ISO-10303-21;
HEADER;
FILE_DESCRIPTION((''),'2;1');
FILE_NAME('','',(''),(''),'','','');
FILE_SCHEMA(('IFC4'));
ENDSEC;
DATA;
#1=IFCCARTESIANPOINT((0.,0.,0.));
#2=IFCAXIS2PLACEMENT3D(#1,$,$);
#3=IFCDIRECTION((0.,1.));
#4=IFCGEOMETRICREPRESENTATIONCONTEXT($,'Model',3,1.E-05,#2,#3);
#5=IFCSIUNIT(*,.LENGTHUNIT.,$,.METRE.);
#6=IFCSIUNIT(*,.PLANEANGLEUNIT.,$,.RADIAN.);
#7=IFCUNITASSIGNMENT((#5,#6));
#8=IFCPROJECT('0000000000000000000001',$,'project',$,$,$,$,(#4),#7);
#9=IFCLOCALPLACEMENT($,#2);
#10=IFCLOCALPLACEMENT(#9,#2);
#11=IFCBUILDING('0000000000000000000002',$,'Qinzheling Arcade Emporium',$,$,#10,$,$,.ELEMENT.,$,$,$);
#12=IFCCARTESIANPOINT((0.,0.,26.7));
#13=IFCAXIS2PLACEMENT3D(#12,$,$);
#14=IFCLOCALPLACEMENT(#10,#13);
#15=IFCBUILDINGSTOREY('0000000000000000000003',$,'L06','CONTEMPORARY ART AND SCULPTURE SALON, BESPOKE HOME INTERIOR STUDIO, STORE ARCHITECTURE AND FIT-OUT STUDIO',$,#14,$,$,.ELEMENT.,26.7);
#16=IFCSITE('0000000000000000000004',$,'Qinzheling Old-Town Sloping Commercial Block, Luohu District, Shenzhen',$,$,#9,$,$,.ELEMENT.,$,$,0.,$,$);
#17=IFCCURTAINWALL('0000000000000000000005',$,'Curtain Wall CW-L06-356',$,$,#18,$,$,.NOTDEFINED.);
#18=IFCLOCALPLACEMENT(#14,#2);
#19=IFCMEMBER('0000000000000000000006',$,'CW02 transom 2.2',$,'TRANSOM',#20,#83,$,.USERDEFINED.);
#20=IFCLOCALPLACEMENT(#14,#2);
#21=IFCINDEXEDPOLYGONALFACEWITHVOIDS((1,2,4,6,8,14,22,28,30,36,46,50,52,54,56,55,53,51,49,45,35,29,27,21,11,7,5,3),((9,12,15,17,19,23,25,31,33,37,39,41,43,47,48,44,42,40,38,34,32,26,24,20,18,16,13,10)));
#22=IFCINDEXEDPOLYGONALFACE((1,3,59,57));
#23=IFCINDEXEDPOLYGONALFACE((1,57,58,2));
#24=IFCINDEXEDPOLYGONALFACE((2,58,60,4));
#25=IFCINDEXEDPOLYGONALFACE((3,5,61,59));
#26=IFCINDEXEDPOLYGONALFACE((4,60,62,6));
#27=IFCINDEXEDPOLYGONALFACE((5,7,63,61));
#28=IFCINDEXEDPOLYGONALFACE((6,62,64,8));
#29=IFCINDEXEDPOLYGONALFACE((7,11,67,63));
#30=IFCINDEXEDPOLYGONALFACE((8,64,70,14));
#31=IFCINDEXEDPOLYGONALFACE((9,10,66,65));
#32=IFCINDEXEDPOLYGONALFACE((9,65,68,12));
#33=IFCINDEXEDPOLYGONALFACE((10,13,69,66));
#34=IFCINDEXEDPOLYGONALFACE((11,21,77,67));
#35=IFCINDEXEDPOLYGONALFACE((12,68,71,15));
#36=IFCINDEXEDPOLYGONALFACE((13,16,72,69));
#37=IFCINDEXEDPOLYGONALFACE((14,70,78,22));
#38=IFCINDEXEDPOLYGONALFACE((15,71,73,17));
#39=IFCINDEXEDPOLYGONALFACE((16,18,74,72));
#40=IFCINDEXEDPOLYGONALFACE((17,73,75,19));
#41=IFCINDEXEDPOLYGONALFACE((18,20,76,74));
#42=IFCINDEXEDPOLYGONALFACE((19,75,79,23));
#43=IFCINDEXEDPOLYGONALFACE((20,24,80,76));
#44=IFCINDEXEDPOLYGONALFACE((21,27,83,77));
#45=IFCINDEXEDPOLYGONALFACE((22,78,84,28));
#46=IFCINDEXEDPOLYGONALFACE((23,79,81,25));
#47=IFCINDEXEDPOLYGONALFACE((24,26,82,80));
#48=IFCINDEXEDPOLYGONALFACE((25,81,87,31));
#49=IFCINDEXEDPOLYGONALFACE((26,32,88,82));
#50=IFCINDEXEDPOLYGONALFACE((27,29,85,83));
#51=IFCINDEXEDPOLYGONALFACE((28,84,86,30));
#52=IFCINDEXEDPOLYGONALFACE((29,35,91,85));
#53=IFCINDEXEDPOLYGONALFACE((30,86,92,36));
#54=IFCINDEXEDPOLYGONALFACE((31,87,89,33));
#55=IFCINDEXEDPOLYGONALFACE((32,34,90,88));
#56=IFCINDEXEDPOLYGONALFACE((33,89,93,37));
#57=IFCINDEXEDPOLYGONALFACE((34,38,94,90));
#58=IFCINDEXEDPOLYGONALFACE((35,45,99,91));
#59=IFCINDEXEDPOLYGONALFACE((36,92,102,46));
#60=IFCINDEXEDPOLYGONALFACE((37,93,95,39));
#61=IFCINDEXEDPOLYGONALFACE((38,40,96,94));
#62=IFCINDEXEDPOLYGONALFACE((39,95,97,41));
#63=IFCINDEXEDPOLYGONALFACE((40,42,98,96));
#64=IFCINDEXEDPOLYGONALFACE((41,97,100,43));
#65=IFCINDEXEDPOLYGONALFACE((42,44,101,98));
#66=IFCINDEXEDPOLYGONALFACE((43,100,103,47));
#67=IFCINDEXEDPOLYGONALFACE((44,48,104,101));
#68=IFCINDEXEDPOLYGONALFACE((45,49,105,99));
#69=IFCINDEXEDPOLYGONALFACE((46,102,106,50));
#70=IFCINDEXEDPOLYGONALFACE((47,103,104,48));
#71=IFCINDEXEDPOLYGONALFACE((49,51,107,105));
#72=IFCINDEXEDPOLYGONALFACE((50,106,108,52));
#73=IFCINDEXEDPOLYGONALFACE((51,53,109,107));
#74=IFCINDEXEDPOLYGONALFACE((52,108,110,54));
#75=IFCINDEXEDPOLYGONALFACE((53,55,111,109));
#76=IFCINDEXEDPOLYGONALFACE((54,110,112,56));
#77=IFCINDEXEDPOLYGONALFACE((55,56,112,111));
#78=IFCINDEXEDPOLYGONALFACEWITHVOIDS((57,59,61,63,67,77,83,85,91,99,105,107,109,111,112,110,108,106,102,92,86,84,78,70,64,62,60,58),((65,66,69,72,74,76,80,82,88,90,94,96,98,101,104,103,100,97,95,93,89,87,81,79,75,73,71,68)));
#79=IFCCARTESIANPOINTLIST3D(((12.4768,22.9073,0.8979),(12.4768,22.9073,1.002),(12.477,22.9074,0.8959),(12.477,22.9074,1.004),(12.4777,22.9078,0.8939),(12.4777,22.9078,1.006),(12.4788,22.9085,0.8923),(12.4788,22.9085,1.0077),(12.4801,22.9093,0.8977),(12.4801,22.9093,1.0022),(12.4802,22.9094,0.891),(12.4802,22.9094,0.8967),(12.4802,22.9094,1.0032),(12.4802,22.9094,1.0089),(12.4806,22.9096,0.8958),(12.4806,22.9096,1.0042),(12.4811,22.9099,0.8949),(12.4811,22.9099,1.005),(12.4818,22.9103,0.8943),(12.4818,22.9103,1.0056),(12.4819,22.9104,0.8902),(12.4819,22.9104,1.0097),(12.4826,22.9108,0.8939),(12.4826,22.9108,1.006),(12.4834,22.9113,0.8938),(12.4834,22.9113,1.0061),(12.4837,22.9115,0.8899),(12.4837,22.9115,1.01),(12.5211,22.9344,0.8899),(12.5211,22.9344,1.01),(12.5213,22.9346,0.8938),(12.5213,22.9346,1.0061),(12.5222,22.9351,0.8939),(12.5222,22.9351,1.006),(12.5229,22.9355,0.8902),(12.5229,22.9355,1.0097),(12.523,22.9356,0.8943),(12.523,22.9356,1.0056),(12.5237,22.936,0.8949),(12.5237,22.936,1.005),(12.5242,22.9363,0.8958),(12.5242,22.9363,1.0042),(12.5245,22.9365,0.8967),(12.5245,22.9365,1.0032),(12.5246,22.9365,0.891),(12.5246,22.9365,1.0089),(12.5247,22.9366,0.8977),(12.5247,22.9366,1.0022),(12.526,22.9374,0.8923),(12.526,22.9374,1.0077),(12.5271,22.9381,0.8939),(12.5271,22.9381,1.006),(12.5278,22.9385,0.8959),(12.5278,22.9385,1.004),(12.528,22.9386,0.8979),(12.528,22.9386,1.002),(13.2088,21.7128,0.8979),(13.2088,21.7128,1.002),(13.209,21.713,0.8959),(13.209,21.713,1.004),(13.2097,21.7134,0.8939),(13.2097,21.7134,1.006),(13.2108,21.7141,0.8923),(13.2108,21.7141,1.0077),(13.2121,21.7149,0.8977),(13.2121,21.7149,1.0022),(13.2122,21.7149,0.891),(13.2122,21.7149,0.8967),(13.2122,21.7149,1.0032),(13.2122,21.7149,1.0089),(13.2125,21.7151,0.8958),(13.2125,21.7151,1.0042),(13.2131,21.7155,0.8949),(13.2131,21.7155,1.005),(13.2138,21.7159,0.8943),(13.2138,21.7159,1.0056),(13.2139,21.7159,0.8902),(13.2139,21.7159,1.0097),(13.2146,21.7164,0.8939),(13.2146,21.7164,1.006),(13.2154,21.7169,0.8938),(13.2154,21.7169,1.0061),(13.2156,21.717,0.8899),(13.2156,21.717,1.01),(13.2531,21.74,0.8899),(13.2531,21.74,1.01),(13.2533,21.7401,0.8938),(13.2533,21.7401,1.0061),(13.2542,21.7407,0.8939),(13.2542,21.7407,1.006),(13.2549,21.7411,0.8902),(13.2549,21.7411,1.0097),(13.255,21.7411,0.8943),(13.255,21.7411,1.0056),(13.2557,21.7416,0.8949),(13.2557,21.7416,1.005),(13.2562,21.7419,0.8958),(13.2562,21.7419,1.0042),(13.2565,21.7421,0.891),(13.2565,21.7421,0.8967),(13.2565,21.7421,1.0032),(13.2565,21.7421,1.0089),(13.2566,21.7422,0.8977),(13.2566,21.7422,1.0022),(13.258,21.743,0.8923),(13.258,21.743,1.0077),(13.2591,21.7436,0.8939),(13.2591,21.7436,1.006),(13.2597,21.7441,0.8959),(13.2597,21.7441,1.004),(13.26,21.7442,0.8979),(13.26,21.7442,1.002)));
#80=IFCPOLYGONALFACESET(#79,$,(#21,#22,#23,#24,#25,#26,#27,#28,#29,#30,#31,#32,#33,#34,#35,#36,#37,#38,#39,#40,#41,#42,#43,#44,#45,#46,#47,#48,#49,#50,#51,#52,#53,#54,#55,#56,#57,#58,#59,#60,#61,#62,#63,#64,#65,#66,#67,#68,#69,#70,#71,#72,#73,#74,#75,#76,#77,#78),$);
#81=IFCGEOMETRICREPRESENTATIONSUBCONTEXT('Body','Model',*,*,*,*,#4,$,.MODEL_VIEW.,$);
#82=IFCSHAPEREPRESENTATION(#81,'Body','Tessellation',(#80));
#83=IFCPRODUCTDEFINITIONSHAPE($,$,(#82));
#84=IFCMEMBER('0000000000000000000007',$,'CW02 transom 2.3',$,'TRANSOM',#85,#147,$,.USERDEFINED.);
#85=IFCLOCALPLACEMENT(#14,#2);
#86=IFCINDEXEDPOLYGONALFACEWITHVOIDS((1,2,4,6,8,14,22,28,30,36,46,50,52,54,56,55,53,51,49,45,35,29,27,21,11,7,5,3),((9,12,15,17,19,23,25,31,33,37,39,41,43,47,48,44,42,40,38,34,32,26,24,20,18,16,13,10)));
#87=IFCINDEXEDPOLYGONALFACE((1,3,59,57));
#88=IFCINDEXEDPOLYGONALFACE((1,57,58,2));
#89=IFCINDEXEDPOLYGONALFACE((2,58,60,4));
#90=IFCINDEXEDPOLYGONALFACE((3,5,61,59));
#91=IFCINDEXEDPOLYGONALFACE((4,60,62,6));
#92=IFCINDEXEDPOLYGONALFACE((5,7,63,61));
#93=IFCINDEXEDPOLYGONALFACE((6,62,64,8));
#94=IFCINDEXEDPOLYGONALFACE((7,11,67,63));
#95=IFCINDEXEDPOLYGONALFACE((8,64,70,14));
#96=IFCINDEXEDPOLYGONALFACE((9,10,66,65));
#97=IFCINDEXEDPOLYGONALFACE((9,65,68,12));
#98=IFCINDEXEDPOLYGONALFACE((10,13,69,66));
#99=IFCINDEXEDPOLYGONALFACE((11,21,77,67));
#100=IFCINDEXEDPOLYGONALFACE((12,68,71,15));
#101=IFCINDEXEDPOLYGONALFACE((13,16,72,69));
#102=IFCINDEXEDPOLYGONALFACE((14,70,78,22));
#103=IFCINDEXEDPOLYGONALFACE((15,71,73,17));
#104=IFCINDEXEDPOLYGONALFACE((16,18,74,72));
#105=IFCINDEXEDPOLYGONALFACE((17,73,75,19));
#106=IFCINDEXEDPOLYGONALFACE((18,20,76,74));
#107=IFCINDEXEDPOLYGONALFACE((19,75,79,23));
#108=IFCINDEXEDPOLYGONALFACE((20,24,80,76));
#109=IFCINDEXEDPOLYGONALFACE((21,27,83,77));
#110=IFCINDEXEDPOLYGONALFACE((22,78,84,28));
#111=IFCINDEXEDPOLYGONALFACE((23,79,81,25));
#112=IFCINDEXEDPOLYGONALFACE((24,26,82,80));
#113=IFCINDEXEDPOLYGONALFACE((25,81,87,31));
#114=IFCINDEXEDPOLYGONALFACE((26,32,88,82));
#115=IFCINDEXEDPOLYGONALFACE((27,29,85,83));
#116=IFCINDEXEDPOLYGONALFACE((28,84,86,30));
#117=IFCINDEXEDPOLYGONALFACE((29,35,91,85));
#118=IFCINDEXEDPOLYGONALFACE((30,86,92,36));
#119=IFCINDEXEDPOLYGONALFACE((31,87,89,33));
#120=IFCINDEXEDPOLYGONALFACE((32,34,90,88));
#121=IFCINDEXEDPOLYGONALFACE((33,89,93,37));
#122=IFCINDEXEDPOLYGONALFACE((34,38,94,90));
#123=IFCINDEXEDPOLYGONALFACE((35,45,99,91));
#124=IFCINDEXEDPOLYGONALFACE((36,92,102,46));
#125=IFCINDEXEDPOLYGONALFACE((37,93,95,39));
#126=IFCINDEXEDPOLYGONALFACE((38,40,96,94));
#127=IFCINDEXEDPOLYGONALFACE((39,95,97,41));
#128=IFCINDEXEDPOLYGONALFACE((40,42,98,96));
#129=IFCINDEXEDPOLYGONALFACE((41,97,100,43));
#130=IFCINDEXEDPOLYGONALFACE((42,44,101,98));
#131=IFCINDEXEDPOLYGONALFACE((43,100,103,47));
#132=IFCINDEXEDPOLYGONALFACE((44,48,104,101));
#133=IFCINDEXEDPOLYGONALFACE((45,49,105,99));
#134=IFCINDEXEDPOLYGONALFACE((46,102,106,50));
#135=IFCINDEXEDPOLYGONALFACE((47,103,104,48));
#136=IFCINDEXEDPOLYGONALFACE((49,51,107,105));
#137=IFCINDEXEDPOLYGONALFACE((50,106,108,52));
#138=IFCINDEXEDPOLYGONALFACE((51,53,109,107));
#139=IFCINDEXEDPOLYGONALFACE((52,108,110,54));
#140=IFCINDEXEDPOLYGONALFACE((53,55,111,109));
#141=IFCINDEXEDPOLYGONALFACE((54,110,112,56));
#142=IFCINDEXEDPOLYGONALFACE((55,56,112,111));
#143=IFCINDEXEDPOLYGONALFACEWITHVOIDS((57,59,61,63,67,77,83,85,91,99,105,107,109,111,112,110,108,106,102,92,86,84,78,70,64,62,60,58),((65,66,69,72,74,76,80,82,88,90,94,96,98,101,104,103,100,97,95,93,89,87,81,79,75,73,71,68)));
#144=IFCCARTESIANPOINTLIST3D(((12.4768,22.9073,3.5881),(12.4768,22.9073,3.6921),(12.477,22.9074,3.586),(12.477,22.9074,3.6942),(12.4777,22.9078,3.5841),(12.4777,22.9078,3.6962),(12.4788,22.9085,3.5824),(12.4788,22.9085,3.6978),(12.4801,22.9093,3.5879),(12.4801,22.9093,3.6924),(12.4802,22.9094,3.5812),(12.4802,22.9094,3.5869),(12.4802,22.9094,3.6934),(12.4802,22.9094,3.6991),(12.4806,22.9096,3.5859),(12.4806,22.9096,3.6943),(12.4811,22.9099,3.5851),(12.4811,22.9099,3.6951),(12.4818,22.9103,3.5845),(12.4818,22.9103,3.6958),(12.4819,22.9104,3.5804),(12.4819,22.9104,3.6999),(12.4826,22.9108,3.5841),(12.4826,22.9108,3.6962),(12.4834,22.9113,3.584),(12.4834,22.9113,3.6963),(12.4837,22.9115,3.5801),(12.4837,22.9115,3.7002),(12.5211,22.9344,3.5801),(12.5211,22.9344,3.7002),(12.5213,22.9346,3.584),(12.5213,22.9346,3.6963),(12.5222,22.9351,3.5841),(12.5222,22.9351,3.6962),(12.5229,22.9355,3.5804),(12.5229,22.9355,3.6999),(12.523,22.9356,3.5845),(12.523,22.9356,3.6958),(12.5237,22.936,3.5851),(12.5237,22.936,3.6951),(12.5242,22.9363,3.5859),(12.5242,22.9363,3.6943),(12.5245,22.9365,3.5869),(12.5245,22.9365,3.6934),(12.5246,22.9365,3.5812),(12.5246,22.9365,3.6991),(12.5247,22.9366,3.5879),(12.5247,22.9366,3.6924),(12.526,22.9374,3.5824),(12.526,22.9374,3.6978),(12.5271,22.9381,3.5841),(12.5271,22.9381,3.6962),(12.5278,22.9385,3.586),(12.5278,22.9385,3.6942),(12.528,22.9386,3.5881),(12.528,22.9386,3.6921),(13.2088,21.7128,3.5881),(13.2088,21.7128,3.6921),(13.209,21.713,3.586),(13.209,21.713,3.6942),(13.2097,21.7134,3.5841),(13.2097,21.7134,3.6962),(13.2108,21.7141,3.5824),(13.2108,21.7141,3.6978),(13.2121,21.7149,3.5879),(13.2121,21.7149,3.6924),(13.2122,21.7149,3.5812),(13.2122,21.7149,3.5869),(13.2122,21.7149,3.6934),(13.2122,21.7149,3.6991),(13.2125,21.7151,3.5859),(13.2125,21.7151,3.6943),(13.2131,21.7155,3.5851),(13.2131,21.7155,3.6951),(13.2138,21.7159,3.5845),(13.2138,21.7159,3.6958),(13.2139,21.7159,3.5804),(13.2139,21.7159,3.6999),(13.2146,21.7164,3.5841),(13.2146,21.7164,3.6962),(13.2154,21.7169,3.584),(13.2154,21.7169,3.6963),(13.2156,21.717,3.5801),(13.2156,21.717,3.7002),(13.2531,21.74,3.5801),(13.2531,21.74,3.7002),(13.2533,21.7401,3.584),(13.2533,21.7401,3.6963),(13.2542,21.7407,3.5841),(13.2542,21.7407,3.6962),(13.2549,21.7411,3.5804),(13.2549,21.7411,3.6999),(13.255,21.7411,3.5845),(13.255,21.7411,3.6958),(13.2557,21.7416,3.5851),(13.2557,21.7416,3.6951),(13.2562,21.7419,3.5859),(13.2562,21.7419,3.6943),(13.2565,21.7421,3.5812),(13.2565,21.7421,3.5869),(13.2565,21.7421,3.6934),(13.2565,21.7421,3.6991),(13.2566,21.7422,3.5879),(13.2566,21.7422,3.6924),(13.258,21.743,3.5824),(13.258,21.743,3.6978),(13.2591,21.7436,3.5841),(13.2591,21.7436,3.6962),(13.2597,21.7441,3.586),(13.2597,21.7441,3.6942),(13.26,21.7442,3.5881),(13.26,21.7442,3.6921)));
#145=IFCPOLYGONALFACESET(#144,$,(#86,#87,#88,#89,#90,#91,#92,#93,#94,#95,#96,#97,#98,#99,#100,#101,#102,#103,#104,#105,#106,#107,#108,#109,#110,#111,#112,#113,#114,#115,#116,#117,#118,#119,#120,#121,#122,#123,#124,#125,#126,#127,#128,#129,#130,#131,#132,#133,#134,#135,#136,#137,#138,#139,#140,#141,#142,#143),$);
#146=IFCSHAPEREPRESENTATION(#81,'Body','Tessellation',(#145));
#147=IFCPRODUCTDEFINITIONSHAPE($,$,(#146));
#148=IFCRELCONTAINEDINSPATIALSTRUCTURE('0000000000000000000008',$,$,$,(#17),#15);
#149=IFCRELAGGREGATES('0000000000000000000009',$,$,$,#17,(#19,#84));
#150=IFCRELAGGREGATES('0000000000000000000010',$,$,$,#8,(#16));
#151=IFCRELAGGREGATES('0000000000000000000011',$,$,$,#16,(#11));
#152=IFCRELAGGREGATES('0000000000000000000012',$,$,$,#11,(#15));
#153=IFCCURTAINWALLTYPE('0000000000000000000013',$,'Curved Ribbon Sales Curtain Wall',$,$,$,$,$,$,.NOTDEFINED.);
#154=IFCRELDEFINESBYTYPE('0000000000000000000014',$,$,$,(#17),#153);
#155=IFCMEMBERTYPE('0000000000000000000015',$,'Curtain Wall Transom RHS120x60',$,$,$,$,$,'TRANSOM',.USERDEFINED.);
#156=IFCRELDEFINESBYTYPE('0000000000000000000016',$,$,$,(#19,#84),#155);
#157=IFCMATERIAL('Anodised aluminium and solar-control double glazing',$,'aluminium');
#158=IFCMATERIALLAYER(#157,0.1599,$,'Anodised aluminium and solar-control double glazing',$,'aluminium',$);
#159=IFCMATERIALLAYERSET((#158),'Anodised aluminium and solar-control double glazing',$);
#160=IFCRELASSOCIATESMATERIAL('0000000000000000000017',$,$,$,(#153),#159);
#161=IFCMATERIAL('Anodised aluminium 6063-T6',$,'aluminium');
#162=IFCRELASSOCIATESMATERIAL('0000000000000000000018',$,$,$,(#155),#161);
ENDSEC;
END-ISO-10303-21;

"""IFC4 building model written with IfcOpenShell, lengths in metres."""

from ifc_helpers import new_model, si_unit, direction, frame, origin, origin_2d, place, context, subcontext, project, spatial, hollow_rectangle, extrude, material, layer, layer_set, material_profile, profile_set, type_object, element, aggregate, save


model = new_model("IFC4")

# Units and contexts
model_context = context("Model", 3, precision=1e-05, world=origin(), true_north=direction((0.0, 1.0)))
body_context = subcontext(model_context, "Body", "Model", "MODEL_VIEW")
ifc_project = project(units=[si_unit("LENGTHUNIT", "METRE"), si_unit("PLANEANGLEUNIT", "RADIAN")], contexts=[model_context])

# Site, building, storey
site_placement = place(None, origin())
site = spatial("IfcSite", under=ifc_project, at=site_placement, Name="Qinzheling Old-Town Sloping Commercial Block, Luohu District, Shenzhen", CompositionType="ELEMENT", RefElevation=0.0)
building_placement = place(site_placement, origin())
building = spatial("IfcBuilding", under=site, at=building_placement, Name="Qinzheling Arcade Emporium", CompositionType="ELEMENT")
storey_placement = place(building_placement, frame((0.0, 0.0, 26.7)))
storey = spatial("IfcBuildingStorey", under=building, at=storey_placement, Name="L06", Description="CONTEMPORARY ART AND SCULPTURE SALON, BESPOKE HOME INTERIOR STUDIO, STORE ARCHITECTURE AND FIT-OUT STUDIO", CompositionType="ELEMENT", Elevation=26.7)

# Curtain wall
ifc_material_1 = material(Name="Anodised aluminium and solar-control double glazing", Category="aluminium")
ifc_layer_1 = layer(ifc_material_1, 0.1599, Name="Anodised aluminium and solar-control double glazing", Category="aluminium")
ifc_layer_set_1 = layer_set([ifc_layer_1], Name="Anodised aluminium and solar-control double glazing")
curtain_wall_type = type_object("IfcCurtainWallType", Name="Curved Ribbon Sales Curtain Wall", PredefinedType="NOTDEFINED", material=ifc_layer_set_1)
curtain_wall_1_placement = place(storey_placement, origin())
curtain_wall_1 = element("IfcCurtainWall", 1, at=curtain_wall_1_placement, inside=storey, type_object=curtain_wall_type, Name="Curtain Wall CW-L06-356", PredefinedType="NOTDEFINED")
ifc_material_2 = material(Name="Anodised aluminium 6063-T6", Category="aluminium")

# Members
ifc_material_profile_1 = material_profile(ifc_material_2, hollow_rectangle(XDim=0.0601, YDim=0.1201, WallThickness=0.0039, InnerFilletRadius=0.0039, OuterFilletRadius=0.0081, at=origin_2d()), Name="RHS 120x60x4", Category="aluminium")
ifc_profile_set_1 = profile_set([ifc_material_profile_1], Name="Anodised aluminium 6063-T6")
member_type_1 = type_object("IfcMemberType", Name="Curtain Wall Transom RHS120x60", ElementType="TRANSOM", PredefinedType="USERDEFINED", material=ifc_profile_set_1)
member_1_placement = place(storey_placement, frame((13.2344, 21.7285, 0.95), z_axis=(-0.522521, 0.852626, 0.0), x_axis=(-0.852626, -0.522521, 0.0)))
member_1 = element("IfcMember", 2, at=member_1_placement, type_object=member_type_1, Name="CW02 transom 2.2", ObjectType="TRANSOM", PredefinedType="USERDEFINED", context=body_context, shape_type="SweptSolid", body=[
    extrude(hollow_rectangle(XDim=0.0601, YDim=0.1201, WallThickness=0.0039, InnerFilletRadius=0.0039, OuterFilletRadius=0.0081, at=origin_2d()), origin(), (0.0, 0.0, 1.0), 1.4009),
])
member_2_placement = place(storey_placement, frame((13.2344, 21.7285, 3.6401), z_axis=(-0.522521, 0.852626, 0.0), x_axis=(-0.852626, -0.522521, 0.0)))
member_2 = element("IfcMember", 3, at=member_2_placement, type_object=member_type_1, Name="CW02 transom 2.3", ObjectType="TRANSOM", PredefinedType="USERDEFINED", context=body_context, shape_type="SweptSolid", body=[
    extrude(hollow_rectangle(XDim=0.0601, YDim=0.1201, WallThickness=0.0039, InnerFilletRadius=0.0039, OuterFilletRadius=0.0081, at=origin_2d()), origin(), (0.0, 0.0, 1.0), 1.4009),
])

aggregate(curtain_wall_1, [member_1, member_2])

save(model, "model.ifc")
